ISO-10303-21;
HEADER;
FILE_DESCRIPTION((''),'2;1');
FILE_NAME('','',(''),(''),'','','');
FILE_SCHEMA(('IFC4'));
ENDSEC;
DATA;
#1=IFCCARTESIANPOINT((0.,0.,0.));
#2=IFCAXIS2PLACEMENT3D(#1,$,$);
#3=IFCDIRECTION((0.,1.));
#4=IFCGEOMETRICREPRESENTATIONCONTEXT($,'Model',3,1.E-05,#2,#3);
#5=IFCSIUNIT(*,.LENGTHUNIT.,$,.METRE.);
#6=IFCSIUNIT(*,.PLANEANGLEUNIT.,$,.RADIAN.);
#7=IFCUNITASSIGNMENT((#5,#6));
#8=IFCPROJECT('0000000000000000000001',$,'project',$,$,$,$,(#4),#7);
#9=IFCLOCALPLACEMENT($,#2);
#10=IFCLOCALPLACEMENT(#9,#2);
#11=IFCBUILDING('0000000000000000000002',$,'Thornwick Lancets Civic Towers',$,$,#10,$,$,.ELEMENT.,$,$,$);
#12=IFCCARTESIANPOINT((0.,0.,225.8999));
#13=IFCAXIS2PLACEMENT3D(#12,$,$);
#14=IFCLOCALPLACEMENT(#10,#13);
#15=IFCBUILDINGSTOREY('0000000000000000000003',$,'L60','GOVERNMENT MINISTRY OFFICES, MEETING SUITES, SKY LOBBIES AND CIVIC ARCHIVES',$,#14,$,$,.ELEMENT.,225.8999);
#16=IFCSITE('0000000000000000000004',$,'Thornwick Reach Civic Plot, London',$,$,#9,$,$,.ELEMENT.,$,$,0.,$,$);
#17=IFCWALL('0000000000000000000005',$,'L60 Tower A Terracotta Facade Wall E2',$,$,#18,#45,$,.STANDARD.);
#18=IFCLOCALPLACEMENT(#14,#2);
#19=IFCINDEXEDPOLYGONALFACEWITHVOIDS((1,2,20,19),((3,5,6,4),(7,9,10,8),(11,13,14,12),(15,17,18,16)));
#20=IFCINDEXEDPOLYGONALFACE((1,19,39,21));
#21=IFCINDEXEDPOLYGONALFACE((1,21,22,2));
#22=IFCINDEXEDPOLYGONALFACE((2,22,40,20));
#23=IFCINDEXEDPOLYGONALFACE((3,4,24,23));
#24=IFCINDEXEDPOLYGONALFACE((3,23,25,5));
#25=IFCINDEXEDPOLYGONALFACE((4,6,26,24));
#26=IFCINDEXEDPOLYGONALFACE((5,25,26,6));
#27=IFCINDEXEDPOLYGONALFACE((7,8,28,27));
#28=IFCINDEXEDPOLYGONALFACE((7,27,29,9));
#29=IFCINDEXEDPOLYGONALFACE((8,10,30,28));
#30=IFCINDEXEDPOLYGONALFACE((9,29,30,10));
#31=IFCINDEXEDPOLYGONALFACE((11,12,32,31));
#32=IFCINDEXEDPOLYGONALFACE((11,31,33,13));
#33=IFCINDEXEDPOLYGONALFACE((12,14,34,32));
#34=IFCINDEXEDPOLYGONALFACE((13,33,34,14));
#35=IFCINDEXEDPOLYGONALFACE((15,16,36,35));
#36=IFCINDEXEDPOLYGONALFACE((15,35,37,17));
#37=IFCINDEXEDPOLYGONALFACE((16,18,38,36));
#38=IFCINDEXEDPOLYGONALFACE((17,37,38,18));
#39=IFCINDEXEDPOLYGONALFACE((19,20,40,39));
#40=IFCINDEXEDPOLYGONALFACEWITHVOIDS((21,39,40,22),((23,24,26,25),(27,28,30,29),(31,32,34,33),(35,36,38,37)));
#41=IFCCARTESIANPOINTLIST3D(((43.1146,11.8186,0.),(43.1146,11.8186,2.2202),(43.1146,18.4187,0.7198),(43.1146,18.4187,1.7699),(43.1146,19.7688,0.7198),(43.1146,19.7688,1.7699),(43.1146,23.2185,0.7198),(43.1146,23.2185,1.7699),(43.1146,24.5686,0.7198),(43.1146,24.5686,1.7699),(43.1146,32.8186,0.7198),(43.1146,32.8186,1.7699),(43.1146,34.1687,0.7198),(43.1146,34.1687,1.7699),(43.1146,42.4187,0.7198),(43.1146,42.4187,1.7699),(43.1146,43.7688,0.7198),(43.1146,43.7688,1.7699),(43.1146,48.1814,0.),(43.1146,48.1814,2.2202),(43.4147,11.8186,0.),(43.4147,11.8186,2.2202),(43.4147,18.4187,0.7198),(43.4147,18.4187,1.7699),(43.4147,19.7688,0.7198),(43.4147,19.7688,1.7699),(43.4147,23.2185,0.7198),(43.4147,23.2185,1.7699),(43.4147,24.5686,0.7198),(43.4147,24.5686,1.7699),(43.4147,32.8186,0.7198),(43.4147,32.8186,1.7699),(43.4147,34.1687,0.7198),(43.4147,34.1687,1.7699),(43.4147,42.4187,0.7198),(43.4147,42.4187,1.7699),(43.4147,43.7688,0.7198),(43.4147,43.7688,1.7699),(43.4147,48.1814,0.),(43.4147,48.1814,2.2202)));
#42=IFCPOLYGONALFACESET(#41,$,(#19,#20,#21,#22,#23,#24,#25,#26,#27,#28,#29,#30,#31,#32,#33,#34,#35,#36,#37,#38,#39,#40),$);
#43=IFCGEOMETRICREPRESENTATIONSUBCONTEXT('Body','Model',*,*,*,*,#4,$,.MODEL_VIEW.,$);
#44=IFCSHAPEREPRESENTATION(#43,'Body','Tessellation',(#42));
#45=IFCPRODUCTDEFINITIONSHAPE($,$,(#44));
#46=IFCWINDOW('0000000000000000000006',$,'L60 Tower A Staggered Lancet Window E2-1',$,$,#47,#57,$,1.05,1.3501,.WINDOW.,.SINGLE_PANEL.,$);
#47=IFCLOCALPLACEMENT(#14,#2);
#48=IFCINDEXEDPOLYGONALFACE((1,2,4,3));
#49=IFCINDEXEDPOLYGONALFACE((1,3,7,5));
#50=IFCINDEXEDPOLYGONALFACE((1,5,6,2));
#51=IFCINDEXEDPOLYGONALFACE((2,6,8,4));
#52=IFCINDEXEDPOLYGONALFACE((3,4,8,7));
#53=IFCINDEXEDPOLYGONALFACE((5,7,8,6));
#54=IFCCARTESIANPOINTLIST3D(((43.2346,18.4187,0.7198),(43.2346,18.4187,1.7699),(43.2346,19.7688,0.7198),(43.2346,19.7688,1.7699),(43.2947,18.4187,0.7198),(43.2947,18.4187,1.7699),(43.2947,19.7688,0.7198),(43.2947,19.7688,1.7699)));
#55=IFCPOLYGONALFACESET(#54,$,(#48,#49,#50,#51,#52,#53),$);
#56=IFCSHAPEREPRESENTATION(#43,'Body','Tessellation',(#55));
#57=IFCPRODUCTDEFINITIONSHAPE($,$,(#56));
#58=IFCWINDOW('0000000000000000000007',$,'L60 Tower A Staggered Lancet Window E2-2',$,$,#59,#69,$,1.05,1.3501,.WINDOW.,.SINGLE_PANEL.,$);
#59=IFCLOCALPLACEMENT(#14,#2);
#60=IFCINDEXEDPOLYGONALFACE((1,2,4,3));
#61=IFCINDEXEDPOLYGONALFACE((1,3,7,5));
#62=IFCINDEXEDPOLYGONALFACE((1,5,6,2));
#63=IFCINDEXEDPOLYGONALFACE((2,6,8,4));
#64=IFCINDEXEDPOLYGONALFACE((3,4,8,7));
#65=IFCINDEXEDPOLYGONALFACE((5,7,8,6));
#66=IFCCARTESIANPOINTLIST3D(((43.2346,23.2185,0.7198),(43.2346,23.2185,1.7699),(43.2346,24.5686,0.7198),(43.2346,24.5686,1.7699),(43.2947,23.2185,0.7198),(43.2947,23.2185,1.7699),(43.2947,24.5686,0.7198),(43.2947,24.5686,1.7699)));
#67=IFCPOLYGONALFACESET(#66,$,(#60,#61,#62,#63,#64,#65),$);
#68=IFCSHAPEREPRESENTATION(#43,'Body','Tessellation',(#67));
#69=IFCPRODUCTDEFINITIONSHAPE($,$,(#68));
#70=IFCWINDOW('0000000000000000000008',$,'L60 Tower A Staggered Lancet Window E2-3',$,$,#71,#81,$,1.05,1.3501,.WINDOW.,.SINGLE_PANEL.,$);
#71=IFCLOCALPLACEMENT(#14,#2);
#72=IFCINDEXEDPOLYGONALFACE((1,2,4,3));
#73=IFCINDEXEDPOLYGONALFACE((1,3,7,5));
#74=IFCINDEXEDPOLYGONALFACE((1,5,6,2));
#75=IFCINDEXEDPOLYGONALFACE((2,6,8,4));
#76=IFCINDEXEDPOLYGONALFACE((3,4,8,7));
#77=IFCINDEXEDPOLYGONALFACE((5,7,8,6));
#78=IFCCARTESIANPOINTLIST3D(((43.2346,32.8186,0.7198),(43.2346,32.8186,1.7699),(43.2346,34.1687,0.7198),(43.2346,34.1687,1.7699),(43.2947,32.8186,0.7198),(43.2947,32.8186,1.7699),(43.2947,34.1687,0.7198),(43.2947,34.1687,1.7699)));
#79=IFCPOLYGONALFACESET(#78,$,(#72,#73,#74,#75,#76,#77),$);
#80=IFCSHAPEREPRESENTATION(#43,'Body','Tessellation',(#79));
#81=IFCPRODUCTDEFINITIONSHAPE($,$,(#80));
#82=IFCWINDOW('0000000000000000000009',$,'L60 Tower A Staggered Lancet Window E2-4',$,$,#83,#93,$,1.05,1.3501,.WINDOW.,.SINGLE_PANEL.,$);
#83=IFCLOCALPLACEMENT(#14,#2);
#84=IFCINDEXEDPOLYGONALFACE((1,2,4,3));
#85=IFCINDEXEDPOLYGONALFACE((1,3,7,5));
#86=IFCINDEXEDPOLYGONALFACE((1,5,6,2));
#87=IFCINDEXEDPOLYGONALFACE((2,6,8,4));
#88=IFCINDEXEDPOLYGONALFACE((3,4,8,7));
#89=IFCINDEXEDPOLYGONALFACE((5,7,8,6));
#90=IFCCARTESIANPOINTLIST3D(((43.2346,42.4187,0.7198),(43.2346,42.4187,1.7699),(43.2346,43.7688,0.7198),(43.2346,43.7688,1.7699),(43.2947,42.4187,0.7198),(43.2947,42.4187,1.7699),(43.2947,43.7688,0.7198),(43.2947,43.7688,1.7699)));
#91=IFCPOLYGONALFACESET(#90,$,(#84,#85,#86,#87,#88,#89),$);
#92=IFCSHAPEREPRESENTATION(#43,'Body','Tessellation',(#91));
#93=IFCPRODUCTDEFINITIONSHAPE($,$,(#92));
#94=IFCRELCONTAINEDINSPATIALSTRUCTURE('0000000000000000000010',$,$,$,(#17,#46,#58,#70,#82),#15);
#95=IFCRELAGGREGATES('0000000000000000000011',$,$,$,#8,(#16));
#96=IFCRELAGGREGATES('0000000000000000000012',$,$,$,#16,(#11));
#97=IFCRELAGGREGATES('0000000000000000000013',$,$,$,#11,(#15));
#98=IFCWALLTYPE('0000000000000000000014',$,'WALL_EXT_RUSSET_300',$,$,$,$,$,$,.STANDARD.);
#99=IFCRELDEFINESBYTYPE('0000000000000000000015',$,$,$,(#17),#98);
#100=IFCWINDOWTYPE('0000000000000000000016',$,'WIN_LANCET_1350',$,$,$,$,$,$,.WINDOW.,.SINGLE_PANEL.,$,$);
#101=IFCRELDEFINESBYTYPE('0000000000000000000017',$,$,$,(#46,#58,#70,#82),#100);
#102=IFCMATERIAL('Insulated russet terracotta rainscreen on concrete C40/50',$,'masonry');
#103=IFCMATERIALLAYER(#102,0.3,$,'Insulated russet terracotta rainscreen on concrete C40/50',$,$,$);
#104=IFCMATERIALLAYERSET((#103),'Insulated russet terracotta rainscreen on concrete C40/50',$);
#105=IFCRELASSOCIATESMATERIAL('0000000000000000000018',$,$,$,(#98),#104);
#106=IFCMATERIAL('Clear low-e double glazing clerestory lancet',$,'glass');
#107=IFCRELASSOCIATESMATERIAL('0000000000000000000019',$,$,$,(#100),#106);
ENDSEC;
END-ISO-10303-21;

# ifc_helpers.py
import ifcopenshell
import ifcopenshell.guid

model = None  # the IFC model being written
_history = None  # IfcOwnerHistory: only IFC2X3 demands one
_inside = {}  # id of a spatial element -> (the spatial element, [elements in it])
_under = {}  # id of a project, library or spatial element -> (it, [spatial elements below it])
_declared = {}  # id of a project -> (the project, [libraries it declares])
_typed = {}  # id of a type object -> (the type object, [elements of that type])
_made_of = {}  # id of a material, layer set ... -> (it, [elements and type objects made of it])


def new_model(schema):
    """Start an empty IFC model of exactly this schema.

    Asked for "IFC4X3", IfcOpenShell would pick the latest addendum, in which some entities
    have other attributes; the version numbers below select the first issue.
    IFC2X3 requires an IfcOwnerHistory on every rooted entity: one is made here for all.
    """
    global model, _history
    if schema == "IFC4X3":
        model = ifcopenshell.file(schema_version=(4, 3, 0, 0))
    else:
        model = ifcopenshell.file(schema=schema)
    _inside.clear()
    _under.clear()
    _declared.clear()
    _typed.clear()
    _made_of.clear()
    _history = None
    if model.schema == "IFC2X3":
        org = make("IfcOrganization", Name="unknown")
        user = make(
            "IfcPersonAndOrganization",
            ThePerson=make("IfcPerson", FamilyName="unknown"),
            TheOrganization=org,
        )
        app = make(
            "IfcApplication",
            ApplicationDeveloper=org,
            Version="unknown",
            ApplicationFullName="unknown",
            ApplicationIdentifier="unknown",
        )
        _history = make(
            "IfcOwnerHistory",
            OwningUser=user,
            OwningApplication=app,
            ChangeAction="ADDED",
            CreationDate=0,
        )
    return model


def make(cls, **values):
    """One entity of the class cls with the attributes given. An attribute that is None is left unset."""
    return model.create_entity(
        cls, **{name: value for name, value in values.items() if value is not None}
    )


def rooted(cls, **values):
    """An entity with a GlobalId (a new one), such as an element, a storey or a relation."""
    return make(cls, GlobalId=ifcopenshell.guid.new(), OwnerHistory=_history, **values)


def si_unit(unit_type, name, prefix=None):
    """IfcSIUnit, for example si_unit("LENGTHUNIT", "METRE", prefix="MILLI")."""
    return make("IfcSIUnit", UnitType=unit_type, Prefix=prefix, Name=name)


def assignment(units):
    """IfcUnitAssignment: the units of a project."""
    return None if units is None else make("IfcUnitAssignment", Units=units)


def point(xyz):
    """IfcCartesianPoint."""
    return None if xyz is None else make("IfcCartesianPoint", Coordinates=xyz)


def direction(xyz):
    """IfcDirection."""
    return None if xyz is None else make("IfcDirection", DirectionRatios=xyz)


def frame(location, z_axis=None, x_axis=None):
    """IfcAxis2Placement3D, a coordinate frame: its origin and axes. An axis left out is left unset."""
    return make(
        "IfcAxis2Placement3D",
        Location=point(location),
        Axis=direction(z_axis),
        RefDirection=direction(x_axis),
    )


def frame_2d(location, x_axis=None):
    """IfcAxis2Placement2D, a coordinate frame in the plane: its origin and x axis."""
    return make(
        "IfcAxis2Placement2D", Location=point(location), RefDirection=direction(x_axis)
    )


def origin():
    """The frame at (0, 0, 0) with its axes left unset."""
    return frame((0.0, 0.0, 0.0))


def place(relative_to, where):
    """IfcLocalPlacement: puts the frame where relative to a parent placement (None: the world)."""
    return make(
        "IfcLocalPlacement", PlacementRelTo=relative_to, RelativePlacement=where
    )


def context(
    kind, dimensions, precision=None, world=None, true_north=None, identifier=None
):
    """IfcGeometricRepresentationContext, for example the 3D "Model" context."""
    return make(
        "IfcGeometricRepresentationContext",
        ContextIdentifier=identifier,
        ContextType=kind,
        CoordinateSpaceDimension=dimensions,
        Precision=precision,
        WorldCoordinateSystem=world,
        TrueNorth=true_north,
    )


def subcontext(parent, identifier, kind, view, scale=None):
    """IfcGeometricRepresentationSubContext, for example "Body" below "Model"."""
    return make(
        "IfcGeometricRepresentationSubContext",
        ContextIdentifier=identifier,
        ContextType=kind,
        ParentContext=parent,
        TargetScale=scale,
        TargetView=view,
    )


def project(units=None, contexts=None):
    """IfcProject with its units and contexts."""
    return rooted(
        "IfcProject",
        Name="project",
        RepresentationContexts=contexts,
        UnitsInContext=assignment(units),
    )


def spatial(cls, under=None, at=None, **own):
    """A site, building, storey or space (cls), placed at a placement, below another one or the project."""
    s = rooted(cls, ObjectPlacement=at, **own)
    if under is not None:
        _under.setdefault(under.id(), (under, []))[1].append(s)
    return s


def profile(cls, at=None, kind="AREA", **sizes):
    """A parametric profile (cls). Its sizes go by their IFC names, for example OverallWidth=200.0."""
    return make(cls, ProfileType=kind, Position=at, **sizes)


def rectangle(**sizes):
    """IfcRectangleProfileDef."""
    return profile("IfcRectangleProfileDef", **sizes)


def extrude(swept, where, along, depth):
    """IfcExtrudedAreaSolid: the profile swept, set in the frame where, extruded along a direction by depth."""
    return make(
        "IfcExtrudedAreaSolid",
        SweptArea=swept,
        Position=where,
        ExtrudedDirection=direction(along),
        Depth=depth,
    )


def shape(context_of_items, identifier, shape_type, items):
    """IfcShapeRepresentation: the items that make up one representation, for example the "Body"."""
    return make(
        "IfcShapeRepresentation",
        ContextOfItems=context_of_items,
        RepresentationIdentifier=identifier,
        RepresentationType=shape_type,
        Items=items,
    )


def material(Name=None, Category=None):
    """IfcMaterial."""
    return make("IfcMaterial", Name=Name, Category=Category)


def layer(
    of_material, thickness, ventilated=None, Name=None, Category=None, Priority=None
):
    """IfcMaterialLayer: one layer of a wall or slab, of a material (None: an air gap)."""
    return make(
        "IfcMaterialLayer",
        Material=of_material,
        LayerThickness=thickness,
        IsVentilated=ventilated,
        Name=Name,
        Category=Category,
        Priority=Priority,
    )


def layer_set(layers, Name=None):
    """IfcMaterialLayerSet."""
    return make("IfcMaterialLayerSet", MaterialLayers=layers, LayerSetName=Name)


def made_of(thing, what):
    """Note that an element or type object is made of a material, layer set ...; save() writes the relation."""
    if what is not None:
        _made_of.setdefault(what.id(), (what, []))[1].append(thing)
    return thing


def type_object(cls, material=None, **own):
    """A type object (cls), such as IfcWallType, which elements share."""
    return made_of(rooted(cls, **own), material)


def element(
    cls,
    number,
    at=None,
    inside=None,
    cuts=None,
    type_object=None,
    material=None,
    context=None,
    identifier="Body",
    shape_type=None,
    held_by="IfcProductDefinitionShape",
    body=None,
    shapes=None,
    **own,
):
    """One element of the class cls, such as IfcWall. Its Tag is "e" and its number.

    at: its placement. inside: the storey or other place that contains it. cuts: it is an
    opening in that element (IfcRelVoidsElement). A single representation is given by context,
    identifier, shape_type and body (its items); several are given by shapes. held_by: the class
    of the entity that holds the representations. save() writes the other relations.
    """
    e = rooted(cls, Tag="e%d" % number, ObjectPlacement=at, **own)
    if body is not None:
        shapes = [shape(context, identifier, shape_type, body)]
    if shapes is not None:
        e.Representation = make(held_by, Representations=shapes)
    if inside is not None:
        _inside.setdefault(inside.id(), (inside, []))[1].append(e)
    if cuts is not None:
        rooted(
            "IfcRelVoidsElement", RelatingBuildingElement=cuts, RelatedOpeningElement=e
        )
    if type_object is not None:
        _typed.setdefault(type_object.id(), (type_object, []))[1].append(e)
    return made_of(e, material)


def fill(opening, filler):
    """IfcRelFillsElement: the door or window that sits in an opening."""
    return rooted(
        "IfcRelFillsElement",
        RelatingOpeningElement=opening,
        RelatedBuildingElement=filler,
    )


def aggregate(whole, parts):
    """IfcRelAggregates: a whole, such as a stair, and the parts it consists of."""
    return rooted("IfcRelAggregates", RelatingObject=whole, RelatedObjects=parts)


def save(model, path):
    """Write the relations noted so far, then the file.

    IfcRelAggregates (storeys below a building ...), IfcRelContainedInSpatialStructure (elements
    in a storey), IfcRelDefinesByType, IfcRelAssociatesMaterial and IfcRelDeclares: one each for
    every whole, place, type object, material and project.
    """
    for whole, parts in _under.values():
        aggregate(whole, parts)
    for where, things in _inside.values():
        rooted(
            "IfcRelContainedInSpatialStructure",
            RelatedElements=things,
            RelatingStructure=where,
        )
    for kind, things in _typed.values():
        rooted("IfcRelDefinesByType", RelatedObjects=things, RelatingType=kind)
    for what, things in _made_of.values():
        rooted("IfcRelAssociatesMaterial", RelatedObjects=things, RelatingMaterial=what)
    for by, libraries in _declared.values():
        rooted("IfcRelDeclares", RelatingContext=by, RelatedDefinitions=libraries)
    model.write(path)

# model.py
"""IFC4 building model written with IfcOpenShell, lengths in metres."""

from ifc_helpers import new_model, si_unit, direction, frame, frame_2d, origin, place, context, subcontext, project, spatial, rectangle, extrude, material, layer, layer_set, type_object, element, fill, save


model = new_model("IFC4")

# Units and contexts
model_context = context("Model", 3, precision=1e-05, world=origin(), true_north=direction((0.0, 1.0)))
body_context = subcontext(model_context, "Body", "Model", "MODEL_VIEW")
ifc_project = project(units=[si_unit("LENGTHUNIT", "METRE"), si_unit("PLANEANGLEUNIT", "RADIAN")], contexts=[model_context])

# Site, building, storey
site_placement = place(None, origin())
site = spatial("IfcSite", under=ifc_project, at=site_placement, Name="Thornwick Reach Civic Plot, London", CompositionType="ELEMENT", RefElevation=0.0)
building_placement = place(site_placement, origin())
building = spatial("IfcBuilding", under=site, at=building_placement, Name="Thornwick Lancets Civic Towers", CompositionType="ELEMENT")
storey_placement = place(building_placement, frame((0.0, 0.0, 225.8999)))
storey = spatial("IfcBuildingStorey", under=building, at=storey_placement, Name="L60", Description="GOVERNMENT MINISTRY OFFICES, MEETING SUITES, SKY LOBBIES AND CIVIC ARCHIVES", CompositionType="ELEMENT", Elevation=225.8999)

# Wall, openings, windows
ifc_material_1 = material(Name="Insulated russet terracotta rainscreen on concrete C40/50", Category="masonry")
ifc_layer_1 = layer(ifc_material_1, 0.3, Name="Insulated russet terracotta rainscreen on concrete C40/50")
ifc_layer_set_1 = layer_set([ifc_layer_1], Name="Insulated russet terracotta rainscreen on concrete C40/50")
wall_type_1 = type_object("IfcWallType", Name="WALL_EXT_RUSSET_300", PredefinedType="STANDARD", material=ifc_layer_set_1)
wall_1_placement = place(storey_placement, frame((43.2646, 11.8186, 0.0), z_axis=(0.0, 0.0, 1.0), x_axis=(0.0, 1.0, 0.0)))
wall_1 = element("IfcWall", 1, at=wall_1_placement, inside=storey, type_object=wall_type_1, Name="L60 Tower A Terracotta Facade Wall E2", PredefinedType="STANDARD", context=body_context, shape_type="SweptSolid", body=[
    extrude(rectangle(XDim=36.3628, YDim=0.3, at=frame_2d((18.1814, 0.0))), origin(), (0.0, 0.0, 1.0), 2.2202),
])
opening_1_placement = place(wall_1_placement, frame((6.6001, 0.0, 0.72)))
opening_1 = element("IfcOpeningElement", 2, at=opening_1_placement, cuts=wall_1, PredefinedType="OPENING", context=body_context, shape_type="SweptSolid", body=[
    extrude(rectangle(XDim=1.3501, YDim=1.05, at=frame_2d((0.675, 0.5249))), frame((0.0, 0.1602, 0.0), z_axis=(0.0, -1.0, 0.0), x_axis=(1.0, 0.0, 0.0)), (0.0, 0.0, 1.0), 0.3201),
])
opening_2_placement = place(wall_1_placement, frame((11.3999, 0.0, 0.72)))
opening_2 = element("IfcOpeningElement", 3, at=opening_2_placement, cuts=wall_1, PredefinedType="OPENING", context=body_context, shape_type="SweptSolid", body=[
    extrude(rectangle(XDim=1.3501, YDim=1.05, at=frame_2d((0.675, 0.5249))), frame((0.0, 0.1602, 0.0), z_axis=(0.0, -1.0, 0.0), x_axis=(1.0, 0.0, 0.0)), (0.0, 0.0, 1.0), 0.3201),
])
opening_3_placement = place(wall_1_placement, frame((21.0, 0.0, 0.72)))
opening_3 = element("IfcOpeningElement", 4, at=opening_3_placement, cuts=wall_1, PredefinedType="OPENING", context=body_context, shape_type="SweptSolid", body=[
    extrude(rectangle(XDim=1.3501, YDim=1.05, at=frame_2d((0.675, 0.5249))), frame((0.0, 0.1602, 0.0), z_axis=(0.0, -1.0, 0.0), x_axis=(1.0, 0.0, 0.0)), (0.0, 0.0, 1.0), 0.3201),
])
opening_4_placement = place(wall_1_placement, frame((30.6001, 0.0, 0.72)))
opening_4 = element("IfcOpeningElement", 5, at=opening_4_placement, cuts=wall_1, PredefinedType="OPENING", context=body_context, shape_type="SweptSolid", body=[
    extrude(rectangle(XDim=1.3501, YDim=1.05, at=frame_2d((0.675, 0.5249))), frame((0.0, 0.1602, 0.0), z_axis=(0.0, -1.0, 0.0), x_axis=(1.0, 0.0, 0.0)), (0.0, 0.0, 1.0), 0.3201),
])
ifc_material_2 = material(Name="Clear low-e double glazing clerestory lancet", Category="glass")
window_type = type_object("IfcWindowType", Name="WIN_LANCET_1350", PartitioningType="SINGLE_PANEL", PredefinedType="WINDOW", material=ifc_material_2)
window_1_placement = place(opening_1_placement, origin())
window_1 = element("IfcWindow", 6, at=window_1_placement, inside=storey, type_object=window_type, Name="L60 Tower A Staggered Lancet Window E2-1", OverallHeight=1.05, OverallWidth=1.3501, PartitioningType="SINGLE_PANEL", PredefinedType="WINDOW", context=body_context, shape_type="SweptSolid", body=[
    extrude(rectangle(XDim=1.3501, YDim=1.05, at=frame_2d((0.675, 0.5249))), frame((0.0, 0.03, 0.0), z_axis=(0.0, -1.0, 0.0), x_axis=(1.0, 0.0, 0.0)), (0.0, 0.0, 1.0), 0.0601),
])
fill(opening_1, window_1)
window_2_placement = place(opening_2_placement, origin())
window_2 = element("IfcWindow", 7, at=window_2_placement, inside=storey, type_object=window_type, Name="L60 Tower A Staggered Lancet Window E2-2", OverallHeight=1.05, OverallWidth=1.3501, PartitioningType="SINGLE_PANEL", PredefinedType="WINDOW", context=body_context, shape_type="SweptSolid", body=[
    extrude(rectangle(XDim=1.3501, YDim=1.05, at=frame_2d((0.675, 0.5249))), frame((0.0, 0.03, 0.0), z_axis=(0.0, -1.0, 0.0), x_axis=(1.0, 0.0, 0.0)), (0.0, 0.0, 1.0), 0.0601),
])
fill(opening_2, window_2)
window_3_placement = place(opening_3_placement, origin())
window_3 = element("IfcWindow", 8, at=window_3_placement, inside=storey, type_object=window_type, Name="L60 Tower A Staggered Lancet Window E2-3", OverallHeight=1.05, OverallWidth=1.3501, PartitioningType="SINGLE_PANEL", PredefinedType="WINDOW", context=body_context, shape_type="SweptSolid", body=[
    extrude(rectangle(XDim=1.3501, YDim=1.05, at=frame_2d((0.675, 0.5249))), frame((0.0, 0.03, 0.0), z_axis=(0.0, -1.0, 0.0), x_axis=(1.0, 0.0, 0.0)), (0.0, 0.0, 1.0), 0.0601),
])
fill(opening_3, window_3)
window_4_placement = place(opening_4_placement, origin())
window_4 = element("IfcWindow", 9, at=window_4_placement, inside=storey, type_object=window_type, Name="L60 Tower A Staggered Lancet Window E2-4", OverallHeight=1.05, OverallWidth=1.3501, PartitioningType="SINGLE_PANEL", PredefinedType="WINDOW", context=body_context, shape_type="SweptSolid", body=[
    extrude(rectangle(XDim=1.3501, YDim=1.05, at=frame_2d((0.675, 0.5249))), frame((0.0, 0.03, 0.0), z_axis=(0.0, -1.0, 0.0), x_axis=(1.0, 0.0, 0.0)), (0.0, 0.0, 1.0), 0.0601),
])
fill(opening_4, window_4)

save(model, "model.ifc")
